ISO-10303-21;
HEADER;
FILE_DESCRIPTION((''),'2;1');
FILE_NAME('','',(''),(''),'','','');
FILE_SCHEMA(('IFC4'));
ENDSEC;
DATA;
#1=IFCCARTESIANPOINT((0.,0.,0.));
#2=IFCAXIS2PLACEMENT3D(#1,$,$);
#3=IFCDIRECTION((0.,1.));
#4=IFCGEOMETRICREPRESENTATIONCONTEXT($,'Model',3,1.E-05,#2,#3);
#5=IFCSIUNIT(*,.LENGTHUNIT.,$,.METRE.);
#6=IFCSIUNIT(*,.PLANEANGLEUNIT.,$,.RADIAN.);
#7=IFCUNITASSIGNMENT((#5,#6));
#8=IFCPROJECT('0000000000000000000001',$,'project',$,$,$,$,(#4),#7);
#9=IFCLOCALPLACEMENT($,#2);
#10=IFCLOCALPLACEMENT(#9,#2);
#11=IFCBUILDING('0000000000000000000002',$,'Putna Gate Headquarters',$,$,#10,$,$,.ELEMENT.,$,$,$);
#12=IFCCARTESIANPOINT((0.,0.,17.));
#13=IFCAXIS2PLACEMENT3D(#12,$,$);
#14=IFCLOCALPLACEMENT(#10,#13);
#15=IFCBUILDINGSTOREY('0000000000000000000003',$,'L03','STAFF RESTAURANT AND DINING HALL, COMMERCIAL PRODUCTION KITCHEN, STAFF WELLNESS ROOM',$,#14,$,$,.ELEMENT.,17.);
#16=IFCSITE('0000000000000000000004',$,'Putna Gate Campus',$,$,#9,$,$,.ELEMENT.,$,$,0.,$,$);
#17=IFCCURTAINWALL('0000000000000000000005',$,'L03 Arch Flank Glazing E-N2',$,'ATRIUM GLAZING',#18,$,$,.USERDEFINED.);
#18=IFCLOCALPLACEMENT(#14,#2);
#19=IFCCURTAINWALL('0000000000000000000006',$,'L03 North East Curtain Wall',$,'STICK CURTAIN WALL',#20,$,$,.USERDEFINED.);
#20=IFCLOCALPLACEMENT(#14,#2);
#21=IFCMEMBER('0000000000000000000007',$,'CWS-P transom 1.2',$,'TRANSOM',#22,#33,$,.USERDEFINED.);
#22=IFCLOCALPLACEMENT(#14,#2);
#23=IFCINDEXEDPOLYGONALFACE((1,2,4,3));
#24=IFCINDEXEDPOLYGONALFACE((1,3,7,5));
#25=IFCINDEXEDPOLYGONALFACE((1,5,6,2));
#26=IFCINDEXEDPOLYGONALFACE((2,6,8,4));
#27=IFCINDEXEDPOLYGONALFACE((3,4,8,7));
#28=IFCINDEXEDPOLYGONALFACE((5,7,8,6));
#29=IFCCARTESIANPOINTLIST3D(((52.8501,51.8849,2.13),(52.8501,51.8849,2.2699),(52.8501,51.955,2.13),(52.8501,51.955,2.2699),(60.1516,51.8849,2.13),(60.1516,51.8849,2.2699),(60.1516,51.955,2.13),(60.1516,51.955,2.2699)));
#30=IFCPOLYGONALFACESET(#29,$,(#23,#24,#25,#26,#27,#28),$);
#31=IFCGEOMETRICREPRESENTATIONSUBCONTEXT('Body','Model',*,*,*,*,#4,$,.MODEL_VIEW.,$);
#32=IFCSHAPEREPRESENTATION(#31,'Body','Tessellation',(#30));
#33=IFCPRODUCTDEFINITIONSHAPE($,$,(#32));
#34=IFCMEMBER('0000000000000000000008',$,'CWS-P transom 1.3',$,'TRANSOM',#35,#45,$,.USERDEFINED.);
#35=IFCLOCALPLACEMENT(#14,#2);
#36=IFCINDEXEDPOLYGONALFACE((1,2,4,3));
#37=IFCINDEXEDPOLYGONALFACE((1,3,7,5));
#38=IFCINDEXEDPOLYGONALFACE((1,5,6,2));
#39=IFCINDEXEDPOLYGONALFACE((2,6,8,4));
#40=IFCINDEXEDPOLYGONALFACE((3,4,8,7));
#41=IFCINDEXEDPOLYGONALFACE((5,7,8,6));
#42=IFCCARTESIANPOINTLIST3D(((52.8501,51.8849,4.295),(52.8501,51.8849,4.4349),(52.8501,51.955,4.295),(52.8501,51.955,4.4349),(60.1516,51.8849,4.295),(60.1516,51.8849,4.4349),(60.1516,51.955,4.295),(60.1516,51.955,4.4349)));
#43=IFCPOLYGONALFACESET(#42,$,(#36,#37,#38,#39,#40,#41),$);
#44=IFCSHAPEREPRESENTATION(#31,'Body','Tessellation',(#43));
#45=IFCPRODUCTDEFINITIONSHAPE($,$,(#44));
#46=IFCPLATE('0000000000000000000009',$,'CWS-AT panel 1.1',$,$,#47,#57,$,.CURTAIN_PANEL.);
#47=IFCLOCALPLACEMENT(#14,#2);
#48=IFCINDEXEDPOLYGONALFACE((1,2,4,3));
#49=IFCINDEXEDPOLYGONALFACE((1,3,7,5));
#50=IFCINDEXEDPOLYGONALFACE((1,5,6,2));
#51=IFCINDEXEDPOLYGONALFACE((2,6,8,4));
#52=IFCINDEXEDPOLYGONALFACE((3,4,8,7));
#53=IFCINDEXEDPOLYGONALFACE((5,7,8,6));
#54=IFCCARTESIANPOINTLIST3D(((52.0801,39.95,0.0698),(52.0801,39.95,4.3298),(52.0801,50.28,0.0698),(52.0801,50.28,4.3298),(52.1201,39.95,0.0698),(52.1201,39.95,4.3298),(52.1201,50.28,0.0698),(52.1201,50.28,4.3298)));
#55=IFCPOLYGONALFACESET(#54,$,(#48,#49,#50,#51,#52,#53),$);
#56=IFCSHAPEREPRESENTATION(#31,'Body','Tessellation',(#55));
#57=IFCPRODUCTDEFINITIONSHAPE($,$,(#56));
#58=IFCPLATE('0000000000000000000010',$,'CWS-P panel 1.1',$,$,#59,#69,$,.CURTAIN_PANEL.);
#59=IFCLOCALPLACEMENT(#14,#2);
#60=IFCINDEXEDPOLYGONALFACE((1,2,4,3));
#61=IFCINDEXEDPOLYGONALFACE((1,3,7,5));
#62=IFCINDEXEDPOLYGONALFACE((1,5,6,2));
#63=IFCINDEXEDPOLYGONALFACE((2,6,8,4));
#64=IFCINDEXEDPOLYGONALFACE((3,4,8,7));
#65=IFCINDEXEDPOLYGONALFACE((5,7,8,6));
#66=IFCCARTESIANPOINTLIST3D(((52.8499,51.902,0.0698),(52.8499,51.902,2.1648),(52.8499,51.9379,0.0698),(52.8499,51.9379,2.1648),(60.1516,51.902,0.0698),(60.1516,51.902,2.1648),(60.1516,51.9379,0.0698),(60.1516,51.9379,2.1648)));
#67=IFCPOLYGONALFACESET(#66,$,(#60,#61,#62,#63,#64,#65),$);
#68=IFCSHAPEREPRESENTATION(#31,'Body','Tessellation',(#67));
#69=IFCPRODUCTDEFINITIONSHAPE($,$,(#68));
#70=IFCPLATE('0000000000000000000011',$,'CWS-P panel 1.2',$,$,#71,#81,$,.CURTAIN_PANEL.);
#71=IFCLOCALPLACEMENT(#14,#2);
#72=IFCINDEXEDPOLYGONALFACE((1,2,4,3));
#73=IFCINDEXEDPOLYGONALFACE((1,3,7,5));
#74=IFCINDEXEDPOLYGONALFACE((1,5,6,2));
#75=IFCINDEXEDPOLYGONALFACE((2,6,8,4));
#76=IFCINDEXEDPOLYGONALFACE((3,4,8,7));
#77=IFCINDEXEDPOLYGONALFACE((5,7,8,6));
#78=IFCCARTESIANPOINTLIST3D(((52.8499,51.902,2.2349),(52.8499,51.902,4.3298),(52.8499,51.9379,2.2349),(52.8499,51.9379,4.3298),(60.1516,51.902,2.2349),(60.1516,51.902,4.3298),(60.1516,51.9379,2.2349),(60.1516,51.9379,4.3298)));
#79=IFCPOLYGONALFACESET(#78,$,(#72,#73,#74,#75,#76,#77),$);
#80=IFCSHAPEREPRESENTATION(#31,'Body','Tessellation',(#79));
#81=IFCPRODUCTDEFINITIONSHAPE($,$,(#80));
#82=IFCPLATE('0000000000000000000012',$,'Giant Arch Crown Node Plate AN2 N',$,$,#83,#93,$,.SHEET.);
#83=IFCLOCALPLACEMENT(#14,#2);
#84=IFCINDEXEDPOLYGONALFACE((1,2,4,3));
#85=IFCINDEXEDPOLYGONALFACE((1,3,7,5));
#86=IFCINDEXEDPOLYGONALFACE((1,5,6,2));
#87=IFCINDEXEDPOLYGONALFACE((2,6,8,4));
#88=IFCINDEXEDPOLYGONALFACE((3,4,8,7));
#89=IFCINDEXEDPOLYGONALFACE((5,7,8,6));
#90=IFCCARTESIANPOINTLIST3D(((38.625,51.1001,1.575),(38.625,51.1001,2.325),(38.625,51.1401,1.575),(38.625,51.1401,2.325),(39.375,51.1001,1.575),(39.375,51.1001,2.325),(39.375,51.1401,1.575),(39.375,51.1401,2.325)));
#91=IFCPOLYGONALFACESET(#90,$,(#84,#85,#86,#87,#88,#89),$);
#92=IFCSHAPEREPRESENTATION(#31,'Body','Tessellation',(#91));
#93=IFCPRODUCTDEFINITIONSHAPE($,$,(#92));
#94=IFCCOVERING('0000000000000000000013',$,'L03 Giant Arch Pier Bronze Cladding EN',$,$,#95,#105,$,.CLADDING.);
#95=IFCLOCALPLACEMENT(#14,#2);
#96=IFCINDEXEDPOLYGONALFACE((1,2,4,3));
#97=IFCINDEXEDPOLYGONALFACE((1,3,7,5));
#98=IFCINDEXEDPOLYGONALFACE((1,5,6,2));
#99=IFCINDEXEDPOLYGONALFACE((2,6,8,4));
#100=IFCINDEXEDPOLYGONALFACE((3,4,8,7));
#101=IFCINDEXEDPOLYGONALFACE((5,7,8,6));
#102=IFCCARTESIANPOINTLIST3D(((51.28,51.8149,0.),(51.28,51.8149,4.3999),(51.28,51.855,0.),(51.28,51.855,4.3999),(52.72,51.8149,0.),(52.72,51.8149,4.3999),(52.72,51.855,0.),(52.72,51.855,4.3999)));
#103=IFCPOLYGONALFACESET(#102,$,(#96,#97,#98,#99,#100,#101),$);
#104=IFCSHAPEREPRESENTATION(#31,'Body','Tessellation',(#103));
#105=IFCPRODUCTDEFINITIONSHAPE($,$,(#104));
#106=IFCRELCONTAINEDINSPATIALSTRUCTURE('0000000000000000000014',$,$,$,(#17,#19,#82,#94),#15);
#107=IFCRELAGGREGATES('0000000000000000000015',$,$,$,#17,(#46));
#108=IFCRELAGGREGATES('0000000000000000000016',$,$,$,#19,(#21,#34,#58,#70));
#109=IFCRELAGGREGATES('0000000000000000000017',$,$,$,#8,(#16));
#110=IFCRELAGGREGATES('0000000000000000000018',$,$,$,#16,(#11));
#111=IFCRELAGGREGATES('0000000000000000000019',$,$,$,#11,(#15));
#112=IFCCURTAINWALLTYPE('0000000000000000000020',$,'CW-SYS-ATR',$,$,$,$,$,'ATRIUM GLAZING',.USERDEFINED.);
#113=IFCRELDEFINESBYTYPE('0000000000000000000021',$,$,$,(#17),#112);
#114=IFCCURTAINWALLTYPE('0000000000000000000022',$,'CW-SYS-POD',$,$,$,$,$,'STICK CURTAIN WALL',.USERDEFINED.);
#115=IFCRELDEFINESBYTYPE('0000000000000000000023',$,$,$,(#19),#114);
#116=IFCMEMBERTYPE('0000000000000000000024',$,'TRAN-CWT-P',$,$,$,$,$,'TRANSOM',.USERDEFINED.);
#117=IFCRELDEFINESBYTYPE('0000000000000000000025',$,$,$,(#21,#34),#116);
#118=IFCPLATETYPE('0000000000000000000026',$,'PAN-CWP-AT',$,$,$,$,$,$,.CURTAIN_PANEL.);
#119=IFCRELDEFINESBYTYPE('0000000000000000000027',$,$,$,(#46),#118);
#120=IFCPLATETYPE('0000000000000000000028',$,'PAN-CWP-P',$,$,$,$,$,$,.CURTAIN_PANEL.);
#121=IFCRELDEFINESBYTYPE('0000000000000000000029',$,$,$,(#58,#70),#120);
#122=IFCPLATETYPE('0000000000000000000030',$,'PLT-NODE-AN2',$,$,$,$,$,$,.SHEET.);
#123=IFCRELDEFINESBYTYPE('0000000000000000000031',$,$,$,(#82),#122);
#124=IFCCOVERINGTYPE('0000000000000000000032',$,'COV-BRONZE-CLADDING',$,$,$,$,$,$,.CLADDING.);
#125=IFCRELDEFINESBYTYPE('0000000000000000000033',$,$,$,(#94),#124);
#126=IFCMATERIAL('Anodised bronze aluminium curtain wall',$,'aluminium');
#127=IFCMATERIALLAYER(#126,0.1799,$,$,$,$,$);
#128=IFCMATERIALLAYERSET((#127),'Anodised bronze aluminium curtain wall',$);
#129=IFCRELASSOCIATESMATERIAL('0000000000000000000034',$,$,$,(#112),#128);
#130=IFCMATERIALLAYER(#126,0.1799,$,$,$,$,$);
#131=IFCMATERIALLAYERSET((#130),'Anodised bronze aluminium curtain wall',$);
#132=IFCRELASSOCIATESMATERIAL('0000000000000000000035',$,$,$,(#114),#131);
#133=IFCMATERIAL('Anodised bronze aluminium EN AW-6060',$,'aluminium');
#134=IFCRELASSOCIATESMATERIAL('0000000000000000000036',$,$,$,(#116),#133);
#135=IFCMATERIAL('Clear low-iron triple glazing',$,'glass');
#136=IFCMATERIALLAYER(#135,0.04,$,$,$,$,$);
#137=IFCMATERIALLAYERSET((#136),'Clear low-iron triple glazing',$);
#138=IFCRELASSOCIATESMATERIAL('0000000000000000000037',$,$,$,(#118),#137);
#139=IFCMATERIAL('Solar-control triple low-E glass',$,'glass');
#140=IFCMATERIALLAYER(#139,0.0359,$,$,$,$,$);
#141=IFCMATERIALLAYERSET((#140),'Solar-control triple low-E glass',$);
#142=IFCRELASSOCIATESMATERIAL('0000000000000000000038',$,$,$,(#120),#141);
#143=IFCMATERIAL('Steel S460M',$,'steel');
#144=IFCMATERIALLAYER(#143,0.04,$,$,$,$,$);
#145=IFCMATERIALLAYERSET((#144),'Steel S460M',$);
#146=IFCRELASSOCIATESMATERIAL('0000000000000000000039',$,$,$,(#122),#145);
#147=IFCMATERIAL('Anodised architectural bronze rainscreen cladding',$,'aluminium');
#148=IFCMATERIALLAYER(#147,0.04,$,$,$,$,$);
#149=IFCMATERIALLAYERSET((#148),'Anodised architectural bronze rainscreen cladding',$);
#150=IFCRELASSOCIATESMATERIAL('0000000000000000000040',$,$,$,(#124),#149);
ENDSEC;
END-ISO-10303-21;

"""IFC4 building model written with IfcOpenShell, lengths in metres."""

from ifc_helpers import new_model, si_unit, direction, frame, origin, origin_2d, place, context, subcontext, project, spatial, rectangle, extrude, material, layer, layer_set, material_profile, profile_set, type_object, element, aggregate, save


model = new_model("IFC4")

# Units and contexts
model_context = context("Model", 3, precision=1e-05, world=origin(), true_north=direction((0.0, 1.0)))
body_context = subcontext(model_context, "Body", "Model", "MODEL_VIEW")
ifc_project = project(units=[si_unit("LENGTHUNIT", "METRE"), si_unit("PLANEANGLEUNIT", "RADIAN")], contexts=[model_context])

# Site, building, storey
site_placement = place(None, origin())
site = spatial("IfcSite", under=ifc_project, at=site_placement, Name="Putna Gate Campus", CompositionType="ELEMENT", RefElevation=0.0)
building_placement = place(site_placement, origin())
building = spatial("IfcBuilding", under=site, at=building_placement, Name="Putna Gate Headquarters", CompositionType="ELEMENT")
storey_placement = place(building_placement, frame((0.0, 0.0, 17.0)))
storey = spatial("IfcBuildingStorey", under=building, at=storey_placement, Name="L03", Description="STAFF RESTAURANT AND DINING HALL, COMMERCIAL PRODUCTION KITCHEN, STAFF WELLNESS ROOM", CompositionType="ELEMENT", Elevation=17.0)

# Shared definitions
ifc_material_1 = material(Name="Steel S460M", Category="steel")

# Curtain wall
ifc_material_2 = material(Name="Anodised bronze aluminium curtain wall", Category="aluminium")
ifc_layer_1 = layer(ifc_material_2, 0.1799)
ifc_layer_set_1 = layer_set([ifc_layer_1], Name="Anodised bronze aluminium curtain wall")
curtain_wall_type_1 = type_object("IfcCurtainWallType", Name="CW-SYS-ATR", ElementType="ATRIUM GLAZING", PredefinedType="USERDEFINED", material=ifc_layer_set_1)
curtain_wall_1_placement = place(storey_placement, origin())
curtain_wall_1 = element("IfcCurtainWall", 1, at=curtain_wall_1_placement, inside=storey, type_object=curtain_wall_type_1, Name="L03 Arch Flank Glazing E-N2", ObjectType="ATRIUM GLAZING", PredefinedType="USERDEFINED")
ifc_material_3 = material(Name="Anodised bronze aluminium EN AW-6060", Category="aluminium")

# Curtain wall
ifc_layer_2 = layer(ifc_material_2, 0.1799)
ifc_layer_set_2 = layer_set([ifc_layer_2], Name="Anodised bronze aluminium curtain wall")
curtain_wall_type_2 = type_object("IfcCurtainWallType", Name="CW-SYS-POD", ElementType="STICK CURTAIN WALL", PredefinedType="USERDEFINED", material=ifc_layer_set_2)
curtain_wall_2_placement = place(storey_placement, origin())
curtain_wall_2 = element("IfcCurtainWall", 2, at=curtain_wall_2_placement, inside=storey, type_object=curtain_wall_type_2, Name="L03 North East Curtain Wall", ObjectType="STICK CURTAIN WALL", PredefinedType="USERDEFINED")

# Members
ifc_material_profile_1 = material_profile(ifc_material_3, rectangle(XDim=0.0701, YDim=0.1399, at=origin_2d()), Name="Anodised bronze aluminium EN AW-6060")
ifc_profile_set_1 = profile_set([ifc_material_profile_1], Name="Anodised bronze aluminium EN AW-6060")
member_type_1 = type_object("IfcMemberType", Name="TRAN-CWT-P", ElementType="TRANSOM", PredefinedType="USERDEFINED", material=ifc_profile_set_1)
member_1_placement = place(storey_placement, frame((52.8501, 51.9199, 2.2), z_axis=(1.0, 0.0, 0.0), x_axis=(0.0, 1.0, 0.0)))
member_1 = element("IfcMember", 3, at=member_1_placement, type_object=member_type_1, Name="CWS-P transom 1.2", ObjectType="TRANSOM", PredefinedType="USERDEFINED", context=body_context, shape_type="SweptSolid", body=[
    extrude(rectangle(XDim=0.0701, YDim=0.1399, at=origin_2d()), origin(), (0.0, 0.0, 1.0), 7.3015),
])
member_2_placement = place(storey_placement, frame((52.8501, 51.9199, 4.365), z_axis=(1.0, 0.0, 0.0), x_axis=(0.0, 1.0, 0.0)))
member_2 = element("IfcMember", 4, at=member_2_placement, type_object=member_type_1, Name="CWS-P transom 1.3", ObjectType="TRANSOM", PredefinedType="USERDEFINED", context=body_context, shape_type="SweptSolid", body=[
    extrude(rectangle(XDim=0.0701, YDim=0.1399, at=origin_2d()), origin(), (0.0, 0.0, 1.0), 7.3015),
])

# Plates
ifc_material_4 = material(Name="Clear low-iron triple glazing", Category="glass")
ifc_layer_3 = layer(ifc_material_4, 0.04)
ifc_layer_set_3 = layer_set([ifc_layer_3], Name="Clear low-iron triple glazing")
plate_type_1 = type_object("IfcPlateType", Name="PAN-CWP-AT", PredefinedType="CURTAIN_PANEL", material=ifc_layer_set_3)
plate_1_placement = place(storey_placement, frame((52.1001, 45.115, 0.0698), z_axis=(0.0, 0.0, 1.0), x_axis=(0.0, 1.0, 0.0)))
plate_1 = element("IfcPlate", 5, at=plate_1_placement, type_object=plate_type_1, Name="CWS-AT panel 1.1", PredefinedType="CURTAIN_PANEL", context=body_context, shape_type="SweptSolid", body=[
    extrude(rectangle(XDim=10.3301, YDim=0.04, at=origin_2d()), origin(), (0.0, 0.0, 1.0), 4.26),
])
aggregate(curtain_wall_1, [plate_1])
ifc_material_5 = material(Name="Solar-control triple low-E glass", Category="glass")
ifc_layer_4 = layer(ifc_material_5, 0.0359)
ifc_layer_set_4 = layer_set([ifc_layer_4], Name="Solar-control triple low-E glass")
plate_type_2 = type_object("IfcPlateType", Name="PAN-CWP-P", PredefinedType="CURTAIN_PANEL", material=ifc_layer_set_4)
plate_2_placement = place(storey_placement, frame((56.5007, 51.9199, 0.0698), z_axis=(0.0, 0.0, 1.0), x_axis=(1.0, 0.0, 0.0)))
plate_2 = element("IfcPlate", 6, at=plate_2_placement, type_object=plate_type_2, Name="CWS-P panel 1.1", PredefinedType="CURTAIN_PANEL", context=body_context, shape_type="SweptSolid", body=[
    extrude(rectangle(XDim=7.3018, YDim=0.0359, at=origin_2d()), origin(), (0.0, 0.0, 1.0), 2.095),
])
plate_3_placement = place(storey_placement, frame((56.5007, 51.9199, 2.2349), z_axis=(0.0, 0.0, 1.0), x_axis=(1.0, 0.0, 0.0)))
plate_3 = element("IfcPlate", 7, at=plate_3_placement, type_object=plate_type_2, Name="CWS-P panel 1.2", PredefinedType="CURTAIN_PANEL", context=body_context, shape_type="SweptSolid", body=[
    extrude(rectangle(XDim=7.3018, YDim=0.0359, at=origin_2d()), origin(), (0.0, 0.0, 1.0), 2.095),
])
aggregate(curtain_wall_2, [member_1, member_2, plate_2, plate_3])
ifc_layer_5 = layer(ifc_material_1, 0.04)
ifc_layer_set_5 = layer_set([ifc_layer_5], Name="Steel S460M")
plate_type_3 = type_object("IfcPlateType", Name="PLT-NODE-AN2", PredefinedType="SHEET", material=ifc_layer_set_5)
plate_4_placement = place(storey_placement, frame((39.0, 51.1201, 1.575), z_axis=(0.0, 0.0, 1.0), x_axis=(1.0, 0.0, 0.0)))
element("IfcPlate", 8, at=plate_4_placement, inside=storey, type_object=plate_type_3, Name="Giant Arch Crown Node Plate AN2 N", PredefinedType="SHEET", context=body_context, shape_type="SweptSolid", body=[
    extrude(rectangle(XDim=0.75, YDim=0.04, at=origin_2d()), origin(), (0.0, 0.0, 1.0), 0.75),
])

# Covering
ifc_material_6 = material(Name="Anodised architectural bronze rainscreen cladding", Category="aluminium")
ifc_layer_6 = layer(ifc_material_6, 0.04)
ifc_layer_set_6 = layer_set([ifc_layer_6], Name="Anodised architectural bronze rainscreen cladding")
covering_type = type_object("IfcCoveringType", Name="COV-BRONZE-CLADDING", PredefinedType="CLADDING", material=ifc_layer_set_6)
covering_placement = place(storey_placement, frame((52.0, 51.835, 0.0), z_axis=(0.0, 0.0, 1.0), x_axis=(1.0, 0.0, 0.0)))
element("IfcCovering", 9, at=covering_placement, inside=storey, type_object=covering_type, Name="L03 Giant Arch Pier Bronze Cladding EN", PredefinedType="CLADDING", context=body_context, shape_type="SweptSolid", body=[
    extrude(rectangle(XDim=1.4399, YDim=0.04, at=origin_2d()), origin(), (0.0, 0.0, 1.0), 4.3999),
])

save(model, "model.ifc")
